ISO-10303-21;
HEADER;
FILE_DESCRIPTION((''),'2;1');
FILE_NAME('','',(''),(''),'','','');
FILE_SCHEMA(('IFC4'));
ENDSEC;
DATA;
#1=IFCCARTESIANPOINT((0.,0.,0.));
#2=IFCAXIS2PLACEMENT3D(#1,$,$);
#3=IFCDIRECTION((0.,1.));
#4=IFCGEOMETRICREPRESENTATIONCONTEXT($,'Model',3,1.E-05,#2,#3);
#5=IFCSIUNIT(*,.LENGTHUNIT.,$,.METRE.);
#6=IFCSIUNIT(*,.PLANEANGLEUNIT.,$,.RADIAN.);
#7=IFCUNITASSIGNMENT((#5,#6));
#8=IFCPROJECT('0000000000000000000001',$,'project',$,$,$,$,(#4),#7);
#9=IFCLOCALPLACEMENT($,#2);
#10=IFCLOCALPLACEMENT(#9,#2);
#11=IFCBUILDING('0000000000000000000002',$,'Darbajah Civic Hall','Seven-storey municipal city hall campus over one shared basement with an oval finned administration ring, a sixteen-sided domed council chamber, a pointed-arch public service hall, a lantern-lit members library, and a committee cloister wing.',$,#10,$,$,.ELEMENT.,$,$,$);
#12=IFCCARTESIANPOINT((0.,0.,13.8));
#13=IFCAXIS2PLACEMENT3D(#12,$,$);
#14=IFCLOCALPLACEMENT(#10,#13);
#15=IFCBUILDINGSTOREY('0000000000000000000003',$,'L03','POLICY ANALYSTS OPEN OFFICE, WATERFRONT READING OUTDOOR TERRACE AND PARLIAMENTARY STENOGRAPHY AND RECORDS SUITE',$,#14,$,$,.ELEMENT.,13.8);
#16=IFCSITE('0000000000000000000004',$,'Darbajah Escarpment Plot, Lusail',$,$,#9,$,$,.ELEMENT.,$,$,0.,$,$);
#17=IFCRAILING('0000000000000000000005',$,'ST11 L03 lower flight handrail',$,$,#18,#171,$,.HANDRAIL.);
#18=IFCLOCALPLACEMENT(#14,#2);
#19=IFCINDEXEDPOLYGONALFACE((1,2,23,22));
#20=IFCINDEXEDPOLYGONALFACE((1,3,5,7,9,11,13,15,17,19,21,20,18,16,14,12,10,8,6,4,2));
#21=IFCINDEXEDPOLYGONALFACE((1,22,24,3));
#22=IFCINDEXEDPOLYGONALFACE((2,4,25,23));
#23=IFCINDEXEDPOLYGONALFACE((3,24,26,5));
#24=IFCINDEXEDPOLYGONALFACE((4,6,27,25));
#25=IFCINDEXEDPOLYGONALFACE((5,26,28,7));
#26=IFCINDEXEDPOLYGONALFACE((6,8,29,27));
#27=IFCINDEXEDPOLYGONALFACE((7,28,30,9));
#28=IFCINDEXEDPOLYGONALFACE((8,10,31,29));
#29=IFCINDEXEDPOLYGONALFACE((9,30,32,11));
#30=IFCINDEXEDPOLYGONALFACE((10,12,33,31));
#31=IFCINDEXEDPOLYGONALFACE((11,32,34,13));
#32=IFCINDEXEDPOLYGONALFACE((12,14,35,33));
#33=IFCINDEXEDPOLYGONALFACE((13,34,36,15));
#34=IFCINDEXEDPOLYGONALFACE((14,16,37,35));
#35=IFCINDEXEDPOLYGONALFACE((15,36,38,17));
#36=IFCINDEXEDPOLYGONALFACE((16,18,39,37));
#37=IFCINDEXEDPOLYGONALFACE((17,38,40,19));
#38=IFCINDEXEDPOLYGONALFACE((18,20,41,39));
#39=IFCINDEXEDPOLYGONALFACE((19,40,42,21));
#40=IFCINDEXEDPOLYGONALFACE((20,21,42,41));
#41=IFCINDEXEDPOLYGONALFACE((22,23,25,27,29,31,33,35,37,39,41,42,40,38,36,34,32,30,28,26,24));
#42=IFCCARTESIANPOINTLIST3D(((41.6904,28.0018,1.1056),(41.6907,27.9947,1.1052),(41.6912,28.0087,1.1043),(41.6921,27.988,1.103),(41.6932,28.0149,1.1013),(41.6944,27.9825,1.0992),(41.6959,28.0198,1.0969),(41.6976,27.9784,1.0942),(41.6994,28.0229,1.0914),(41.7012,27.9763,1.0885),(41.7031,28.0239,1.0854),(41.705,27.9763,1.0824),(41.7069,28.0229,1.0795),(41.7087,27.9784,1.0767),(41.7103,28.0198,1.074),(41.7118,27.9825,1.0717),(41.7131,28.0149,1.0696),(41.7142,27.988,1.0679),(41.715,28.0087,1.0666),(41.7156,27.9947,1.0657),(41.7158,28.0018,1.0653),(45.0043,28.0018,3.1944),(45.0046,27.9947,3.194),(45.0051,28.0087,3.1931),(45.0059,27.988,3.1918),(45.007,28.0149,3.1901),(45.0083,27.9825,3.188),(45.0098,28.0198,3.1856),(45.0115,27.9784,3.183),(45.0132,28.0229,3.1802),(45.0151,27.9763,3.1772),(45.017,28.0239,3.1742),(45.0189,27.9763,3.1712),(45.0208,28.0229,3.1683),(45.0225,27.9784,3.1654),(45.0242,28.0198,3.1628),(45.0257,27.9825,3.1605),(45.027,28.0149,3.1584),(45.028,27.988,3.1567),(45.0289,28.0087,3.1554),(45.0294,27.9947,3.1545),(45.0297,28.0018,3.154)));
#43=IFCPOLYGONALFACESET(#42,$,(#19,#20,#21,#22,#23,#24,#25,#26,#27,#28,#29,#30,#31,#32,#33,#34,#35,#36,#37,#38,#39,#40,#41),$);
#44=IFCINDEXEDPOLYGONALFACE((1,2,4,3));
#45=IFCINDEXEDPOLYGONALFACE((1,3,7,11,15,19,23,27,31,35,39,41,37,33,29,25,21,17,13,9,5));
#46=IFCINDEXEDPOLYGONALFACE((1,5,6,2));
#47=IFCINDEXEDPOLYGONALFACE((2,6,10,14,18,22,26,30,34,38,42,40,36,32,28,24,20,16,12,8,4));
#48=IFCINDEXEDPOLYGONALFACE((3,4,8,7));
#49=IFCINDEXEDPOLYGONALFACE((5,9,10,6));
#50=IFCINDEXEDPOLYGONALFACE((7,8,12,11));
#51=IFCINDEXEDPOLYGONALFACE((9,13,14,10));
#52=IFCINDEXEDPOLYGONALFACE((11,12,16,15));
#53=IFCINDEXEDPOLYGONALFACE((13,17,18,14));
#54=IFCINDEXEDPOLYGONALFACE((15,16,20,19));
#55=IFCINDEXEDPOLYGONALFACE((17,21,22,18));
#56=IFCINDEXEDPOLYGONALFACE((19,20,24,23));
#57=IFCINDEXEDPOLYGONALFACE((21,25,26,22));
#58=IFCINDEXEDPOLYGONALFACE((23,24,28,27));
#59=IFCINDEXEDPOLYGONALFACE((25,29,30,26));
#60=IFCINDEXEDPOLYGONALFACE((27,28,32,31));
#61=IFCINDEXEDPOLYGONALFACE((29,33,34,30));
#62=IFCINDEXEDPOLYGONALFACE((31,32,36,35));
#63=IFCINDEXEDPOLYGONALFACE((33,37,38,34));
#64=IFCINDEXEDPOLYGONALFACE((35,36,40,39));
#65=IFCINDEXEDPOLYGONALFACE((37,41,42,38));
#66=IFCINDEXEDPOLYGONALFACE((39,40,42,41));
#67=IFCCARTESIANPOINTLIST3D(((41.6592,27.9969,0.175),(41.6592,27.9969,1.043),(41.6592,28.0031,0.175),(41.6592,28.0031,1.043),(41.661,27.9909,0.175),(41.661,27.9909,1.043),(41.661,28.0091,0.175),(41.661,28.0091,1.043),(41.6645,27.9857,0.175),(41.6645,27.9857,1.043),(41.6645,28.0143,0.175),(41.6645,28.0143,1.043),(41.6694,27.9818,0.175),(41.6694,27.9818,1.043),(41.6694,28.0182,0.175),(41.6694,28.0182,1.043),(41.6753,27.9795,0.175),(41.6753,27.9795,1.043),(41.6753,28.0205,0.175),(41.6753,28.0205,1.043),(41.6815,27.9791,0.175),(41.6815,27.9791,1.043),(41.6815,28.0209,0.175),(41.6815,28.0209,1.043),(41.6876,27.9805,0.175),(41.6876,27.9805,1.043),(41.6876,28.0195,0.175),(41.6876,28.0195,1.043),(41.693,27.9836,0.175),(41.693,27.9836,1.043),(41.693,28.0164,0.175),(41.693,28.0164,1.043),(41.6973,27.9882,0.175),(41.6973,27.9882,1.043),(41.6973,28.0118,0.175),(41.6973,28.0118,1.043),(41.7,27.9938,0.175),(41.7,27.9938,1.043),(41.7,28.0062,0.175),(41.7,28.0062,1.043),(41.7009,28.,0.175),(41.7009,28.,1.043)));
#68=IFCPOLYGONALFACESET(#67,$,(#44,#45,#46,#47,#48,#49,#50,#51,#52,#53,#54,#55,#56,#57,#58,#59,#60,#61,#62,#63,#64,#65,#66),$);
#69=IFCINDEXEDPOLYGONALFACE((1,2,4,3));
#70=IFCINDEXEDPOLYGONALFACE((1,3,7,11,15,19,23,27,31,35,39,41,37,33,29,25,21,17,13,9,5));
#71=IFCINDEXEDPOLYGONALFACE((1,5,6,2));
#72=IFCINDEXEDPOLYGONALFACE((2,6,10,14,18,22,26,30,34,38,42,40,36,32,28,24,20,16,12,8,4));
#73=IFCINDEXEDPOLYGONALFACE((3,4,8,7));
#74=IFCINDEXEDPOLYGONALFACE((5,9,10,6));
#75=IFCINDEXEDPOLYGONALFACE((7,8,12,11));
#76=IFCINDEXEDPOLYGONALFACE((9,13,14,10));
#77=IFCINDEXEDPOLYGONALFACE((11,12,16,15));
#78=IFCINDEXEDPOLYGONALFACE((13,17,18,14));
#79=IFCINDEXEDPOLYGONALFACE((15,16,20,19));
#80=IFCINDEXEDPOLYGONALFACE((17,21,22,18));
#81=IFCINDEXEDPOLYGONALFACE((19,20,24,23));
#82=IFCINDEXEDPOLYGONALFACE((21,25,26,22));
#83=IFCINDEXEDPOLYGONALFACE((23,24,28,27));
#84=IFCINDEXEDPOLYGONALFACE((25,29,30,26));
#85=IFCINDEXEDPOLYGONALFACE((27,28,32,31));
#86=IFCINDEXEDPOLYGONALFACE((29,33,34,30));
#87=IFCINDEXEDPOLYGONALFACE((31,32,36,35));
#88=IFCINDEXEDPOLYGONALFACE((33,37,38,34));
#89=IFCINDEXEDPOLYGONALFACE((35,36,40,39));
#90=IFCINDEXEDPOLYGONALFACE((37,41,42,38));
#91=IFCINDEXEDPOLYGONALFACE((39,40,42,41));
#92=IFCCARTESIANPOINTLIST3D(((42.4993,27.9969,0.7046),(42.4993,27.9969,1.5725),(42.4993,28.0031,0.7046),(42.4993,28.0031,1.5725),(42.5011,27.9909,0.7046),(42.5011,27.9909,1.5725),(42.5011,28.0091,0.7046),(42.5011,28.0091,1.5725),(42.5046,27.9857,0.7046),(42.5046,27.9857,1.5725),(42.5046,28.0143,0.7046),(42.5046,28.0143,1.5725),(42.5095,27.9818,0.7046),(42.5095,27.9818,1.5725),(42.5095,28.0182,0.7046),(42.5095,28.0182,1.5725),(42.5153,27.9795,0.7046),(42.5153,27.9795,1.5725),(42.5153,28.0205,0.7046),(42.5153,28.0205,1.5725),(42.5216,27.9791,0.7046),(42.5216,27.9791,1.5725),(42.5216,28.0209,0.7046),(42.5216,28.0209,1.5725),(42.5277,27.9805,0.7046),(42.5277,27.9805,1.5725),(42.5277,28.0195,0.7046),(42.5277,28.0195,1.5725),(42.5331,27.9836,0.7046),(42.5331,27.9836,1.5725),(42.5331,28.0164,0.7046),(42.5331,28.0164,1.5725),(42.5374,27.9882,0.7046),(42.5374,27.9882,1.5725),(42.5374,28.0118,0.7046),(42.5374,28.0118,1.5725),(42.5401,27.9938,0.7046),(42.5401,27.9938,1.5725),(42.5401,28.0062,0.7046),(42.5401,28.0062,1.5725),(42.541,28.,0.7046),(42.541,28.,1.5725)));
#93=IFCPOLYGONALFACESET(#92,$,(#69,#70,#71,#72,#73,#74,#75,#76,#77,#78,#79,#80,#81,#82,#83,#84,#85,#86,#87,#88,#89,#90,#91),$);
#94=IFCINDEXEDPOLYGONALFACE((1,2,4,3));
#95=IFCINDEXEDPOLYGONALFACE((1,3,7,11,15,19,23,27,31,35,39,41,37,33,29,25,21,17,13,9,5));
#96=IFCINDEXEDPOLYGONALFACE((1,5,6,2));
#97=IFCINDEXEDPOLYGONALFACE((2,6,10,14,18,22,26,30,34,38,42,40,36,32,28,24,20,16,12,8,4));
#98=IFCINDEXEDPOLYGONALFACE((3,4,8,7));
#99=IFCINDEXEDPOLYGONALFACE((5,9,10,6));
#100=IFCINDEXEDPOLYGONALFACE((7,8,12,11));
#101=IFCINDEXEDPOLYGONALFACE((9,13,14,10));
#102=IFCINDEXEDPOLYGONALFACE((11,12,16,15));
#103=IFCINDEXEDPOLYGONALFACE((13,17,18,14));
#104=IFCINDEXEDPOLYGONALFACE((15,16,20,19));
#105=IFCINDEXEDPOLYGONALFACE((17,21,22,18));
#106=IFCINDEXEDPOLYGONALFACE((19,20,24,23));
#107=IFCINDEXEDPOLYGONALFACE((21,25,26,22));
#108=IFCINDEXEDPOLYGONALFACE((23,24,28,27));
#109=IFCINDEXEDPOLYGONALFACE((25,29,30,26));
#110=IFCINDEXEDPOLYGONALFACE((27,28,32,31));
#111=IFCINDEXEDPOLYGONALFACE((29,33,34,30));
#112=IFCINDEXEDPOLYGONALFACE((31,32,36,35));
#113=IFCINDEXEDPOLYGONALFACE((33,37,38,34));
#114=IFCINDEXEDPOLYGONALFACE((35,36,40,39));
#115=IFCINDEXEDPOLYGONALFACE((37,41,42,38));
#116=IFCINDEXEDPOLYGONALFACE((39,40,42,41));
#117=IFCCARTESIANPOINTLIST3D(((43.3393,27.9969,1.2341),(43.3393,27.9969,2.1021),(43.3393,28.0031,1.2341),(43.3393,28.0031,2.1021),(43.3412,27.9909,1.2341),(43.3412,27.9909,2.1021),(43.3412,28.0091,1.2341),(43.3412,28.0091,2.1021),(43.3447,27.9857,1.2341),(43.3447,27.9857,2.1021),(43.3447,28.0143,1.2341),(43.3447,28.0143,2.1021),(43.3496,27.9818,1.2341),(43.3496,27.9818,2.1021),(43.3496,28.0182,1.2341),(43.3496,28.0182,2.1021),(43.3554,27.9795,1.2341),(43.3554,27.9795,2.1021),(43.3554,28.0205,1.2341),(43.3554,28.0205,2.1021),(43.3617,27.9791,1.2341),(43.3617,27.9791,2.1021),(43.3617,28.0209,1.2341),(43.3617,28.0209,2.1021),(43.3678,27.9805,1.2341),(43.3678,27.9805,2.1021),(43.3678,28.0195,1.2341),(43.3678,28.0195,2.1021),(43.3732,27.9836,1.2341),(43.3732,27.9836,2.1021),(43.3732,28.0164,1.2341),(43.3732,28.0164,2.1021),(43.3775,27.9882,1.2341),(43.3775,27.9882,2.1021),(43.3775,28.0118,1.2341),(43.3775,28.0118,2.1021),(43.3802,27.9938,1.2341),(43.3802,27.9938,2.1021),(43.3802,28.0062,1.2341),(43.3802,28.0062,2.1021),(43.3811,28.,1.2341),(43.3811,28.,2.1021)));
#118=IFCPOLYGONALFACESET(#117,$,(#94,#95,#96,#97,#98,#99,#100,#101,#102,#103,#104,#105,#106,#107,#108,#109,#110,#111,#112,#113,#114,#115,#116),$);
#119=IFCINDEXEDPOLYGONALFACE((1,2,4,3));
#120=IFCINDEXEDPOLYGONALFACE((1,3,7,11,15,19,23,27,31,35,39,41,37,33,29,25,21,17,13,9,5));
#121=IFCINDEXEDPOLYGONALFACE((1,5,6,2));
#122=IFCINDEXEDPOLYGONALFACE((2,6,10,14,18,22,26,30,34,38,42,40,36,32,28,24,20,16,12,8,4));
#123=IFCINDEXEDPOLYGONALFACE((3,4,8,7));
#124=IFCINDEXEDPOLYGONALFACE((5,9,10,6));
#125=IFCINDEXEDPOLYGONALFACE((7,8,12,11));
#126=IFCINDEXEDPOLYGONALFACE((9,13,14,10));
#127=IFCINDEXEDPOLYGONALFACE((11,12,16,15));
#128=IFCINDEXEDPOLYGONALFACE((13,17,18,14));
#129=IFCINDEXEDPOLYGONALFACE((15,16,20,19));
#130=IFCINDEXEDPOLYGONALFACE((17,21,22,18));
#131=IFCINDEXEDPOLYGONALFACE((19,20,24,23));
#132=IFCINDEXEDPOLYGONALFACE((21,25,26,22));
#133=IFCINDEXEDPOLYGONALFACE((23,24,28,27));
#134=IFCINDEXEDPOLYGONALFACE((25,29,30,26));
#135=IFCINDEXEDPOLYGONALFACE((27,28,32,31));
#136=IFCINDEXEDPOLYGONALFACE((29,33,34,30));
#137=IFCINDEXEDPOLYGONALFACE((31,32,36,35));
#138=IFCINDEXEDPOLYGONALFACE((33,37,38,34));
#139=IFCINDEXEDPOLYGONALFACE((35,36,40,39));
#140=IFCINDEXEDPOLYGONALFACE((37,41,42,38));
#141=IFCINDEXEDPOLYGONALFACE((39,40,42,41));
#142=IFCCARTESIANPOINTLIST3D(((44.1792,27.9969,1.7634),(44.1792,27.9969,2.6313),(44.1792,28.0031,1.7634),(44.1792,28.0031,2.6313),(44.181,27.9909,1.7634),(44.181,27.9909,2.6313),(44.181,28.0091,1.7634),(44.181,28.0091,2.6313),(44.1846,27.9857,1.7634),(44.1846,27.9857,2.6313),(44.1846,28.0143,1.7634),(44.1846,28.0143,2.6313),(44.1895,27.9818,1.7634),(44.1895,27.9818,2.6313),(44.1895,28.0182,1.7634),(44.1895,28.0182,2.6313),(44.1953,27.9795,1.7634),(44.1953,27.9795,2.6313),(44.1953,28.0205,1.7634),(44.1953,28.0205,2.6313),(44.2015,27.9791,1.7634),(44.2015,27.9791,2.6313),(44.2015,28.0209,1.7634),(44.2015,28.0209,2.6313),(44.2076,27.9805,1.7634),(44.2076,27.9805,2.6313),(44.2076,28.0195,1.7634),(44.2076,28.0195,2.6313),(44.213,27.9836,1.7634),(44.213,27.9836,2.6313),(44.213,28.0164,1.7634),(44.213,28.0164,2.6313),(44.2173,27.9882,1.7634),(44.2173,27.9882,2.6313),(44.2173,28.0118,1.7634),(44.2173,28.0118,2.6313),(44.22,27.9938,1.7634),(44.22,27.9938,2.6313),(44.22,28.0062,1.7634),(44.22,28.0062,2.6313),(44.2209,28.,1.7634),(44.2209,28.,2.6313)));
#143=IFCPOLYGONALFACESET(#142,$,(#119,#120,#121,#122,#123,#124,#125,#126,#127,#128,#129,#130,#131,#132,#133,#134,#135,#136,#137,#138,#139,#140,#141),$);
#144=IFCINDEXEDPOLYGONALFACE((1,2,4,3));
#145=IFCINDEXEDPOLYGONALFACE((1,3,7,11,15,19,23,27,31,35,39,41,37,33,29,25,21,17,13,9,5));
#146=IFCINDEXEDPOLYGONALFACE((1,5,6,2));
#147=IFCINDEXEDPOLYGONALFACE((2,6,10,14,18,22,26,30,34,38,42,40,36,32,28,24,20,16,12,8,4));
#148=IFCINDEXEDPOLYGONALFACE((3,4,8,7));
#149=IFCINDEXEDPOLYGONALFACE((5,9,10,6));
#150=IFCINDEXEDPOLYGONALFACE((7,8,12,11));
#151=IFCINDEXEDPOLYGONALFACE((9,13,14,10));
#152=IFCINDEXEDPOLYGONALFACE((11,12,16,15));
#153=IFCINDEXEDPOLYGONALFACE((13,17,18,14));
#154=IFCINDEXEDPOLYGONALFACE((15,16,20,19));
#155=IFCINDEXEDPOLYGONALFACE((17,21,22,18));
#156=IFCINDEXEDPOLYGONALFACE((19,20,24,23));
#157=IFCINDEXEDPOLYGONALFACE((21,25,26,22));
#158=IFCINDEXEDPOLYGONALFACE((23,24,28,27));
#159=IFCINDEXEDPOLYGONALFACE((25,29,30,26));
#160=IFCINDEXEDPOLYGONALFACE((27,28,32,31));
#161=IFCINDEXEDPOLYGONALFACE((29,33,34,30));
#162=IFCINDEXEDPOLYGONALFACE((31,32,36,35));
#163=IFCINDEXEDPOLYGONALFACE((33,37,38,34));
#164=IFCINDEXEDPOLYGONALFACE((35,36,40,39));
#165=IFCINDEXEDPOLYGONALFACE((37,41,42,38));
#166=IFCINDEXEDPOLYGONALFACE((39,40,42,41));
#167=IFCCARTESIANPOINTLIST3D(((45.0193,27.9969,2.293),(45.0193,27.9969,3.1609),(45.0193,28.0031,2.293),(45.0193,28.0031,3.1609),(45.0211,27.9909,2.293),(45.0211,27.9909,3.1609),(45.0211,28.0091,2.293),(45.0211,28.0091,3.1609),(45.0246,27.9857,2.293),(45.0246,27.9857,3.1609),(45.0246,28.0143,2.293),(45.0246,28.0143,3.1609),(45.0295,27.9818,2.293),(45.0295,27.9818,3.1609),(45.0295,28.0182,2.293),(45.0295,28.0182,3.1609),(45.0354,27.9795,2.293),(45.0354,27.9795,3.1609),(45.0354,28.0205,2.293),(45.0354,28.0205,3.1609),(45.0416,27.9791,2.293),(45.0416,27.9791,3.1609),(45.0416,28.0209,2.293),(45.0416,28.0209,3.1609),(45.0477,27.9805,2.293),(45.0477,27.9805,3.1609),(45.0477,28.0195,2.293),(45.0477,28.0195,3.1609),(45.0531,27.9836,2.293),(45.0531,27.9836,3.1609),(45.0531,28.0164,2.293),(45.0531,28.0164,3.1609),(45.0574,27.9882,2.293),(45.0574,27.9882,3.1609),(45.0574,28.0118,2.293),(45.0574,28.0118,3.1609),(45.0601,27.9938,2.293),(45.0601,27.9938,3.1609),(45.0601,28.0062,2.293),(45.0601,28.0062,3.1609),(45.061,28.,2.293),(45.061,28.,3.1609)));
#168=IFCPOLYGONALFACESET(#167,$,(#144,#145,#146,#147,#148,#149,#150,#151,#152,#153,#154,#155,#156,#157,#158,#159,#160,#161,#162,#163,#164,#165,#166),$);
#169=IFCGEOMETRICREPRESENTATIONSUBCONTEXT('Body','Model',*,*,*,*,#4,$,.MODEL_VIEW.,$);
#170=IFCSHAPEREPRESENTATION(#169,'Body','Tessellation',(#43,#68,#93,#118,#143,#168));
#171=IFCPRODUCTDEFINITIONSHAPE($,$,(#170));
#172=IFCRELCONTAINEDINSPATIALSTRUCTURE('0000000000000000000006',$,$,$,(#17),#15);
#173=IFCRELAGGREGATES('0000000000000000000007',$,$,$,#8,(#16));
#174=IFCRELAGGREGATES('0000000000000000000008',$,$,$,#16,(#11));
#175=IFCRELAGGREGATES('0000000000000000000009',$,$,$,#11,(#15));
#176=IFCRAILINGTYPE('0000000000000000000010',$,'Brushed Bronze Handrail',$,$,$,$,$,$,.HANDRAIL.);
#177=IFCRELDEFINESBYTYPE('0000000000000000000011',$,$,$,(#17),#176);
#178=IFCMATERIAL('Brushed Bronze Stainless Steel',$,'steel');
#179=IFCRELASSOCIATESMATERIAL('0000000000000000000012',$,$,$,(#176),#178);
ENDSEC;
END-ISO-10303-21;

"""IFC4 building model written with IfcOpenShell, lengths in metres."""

from ifc_helpers import new_model, si_unit, direction, frame, origin, origin_2d, place, context, subcontext, project, spatial, circle, extrude, material, type_object, element, save


model = new_model("IFC4")

# Units and contexts
model_context = context("Model", 3, precision=1e-05, world=origin(), true_north=direction((0.0, 1.0)))
body_context = subcontext(model_context, "Body", "Model", "MODEL_VIEW")
ifc_project = project(units=[si_unit("LENGTHUNIT", "METRE"), si_unit("PLANEANGLEUNIT", "RADIAN")], contexts=[model_context])

# Site, building, storey
site_placement = place(None, origin())
site = spatial("IfcSite", under=ifc_project, at=site_placement, Name="Darbajah Escarpment Plot, Lusail", CompositionType="ELEMENT", RefElevation=0.0)
building_placement = place(site_placement, origin())
building = spatial("IfcBuilding", under=site, at=building_placement, Name="Darbajah Civic Hall", Description="Seven-storey municipal city hall campus over one shared basement with an oval finned administration ring, a sixteen-sided domed council chamber, a pointed-arch public service hall, a lantern-lit members library, and a committee cloister wing.", CompositionType="ELEMENT")
storey_placement = place(building_placement, frame((0.0, 0.0, 13.8)))
storey = spatial("IfcBuildingStorey", under=building, at=storey_placement, Name="L03", Description="POLICY ANALYSTS OPEN OFFICE, WATERFRONT READING OUTDOOR TERRACE AND PARLIAMENTARY STENOGRAPHY AND RECORDS SUITE", CompositionType="ELEMENT", Elevation=13.8)

# Railing
ifc_material_1 = material(Name="Brushed Bronze Stainless Steel", Category="steel")
railing_type_1 = type_object("IfcRailingType", Name="Brushed Bronze Handrail", PredefinedType="HANDRAIL", material=ifc_material_1)
railing_1_placement = place(storey_placement, frame((41.6799, 28.0, 0.175)))
element("IfcRailing", 1, at=railing_1_placement, inside=storey, type_object=railing_type_1, Name="ST11 L03 lower flight handrail", PredefinedType="HANDRAIL", context=body_context, shape_type="SweptSolid", body=[
    extrude(circle(Radius=0.0239, at=origin_2d()), frame((0.0232, 0.0, 0.9104), z_axis=(0.845972, 0.0, 0.533227), x_axis=(0.0, 1.0, 0.0)), (0.0, 0.0, 1.0), 3.9172),
    extrude(circle(Radius=0.021, at=origin_2d()), origin(), (0.0, 0.0, 1.0), 0.8679),
    extrude(circle(Radius=0.021, at=origin_2d()), frame((0.8401, 0.0, 0.5295)), (0.0, 0.0, 1.0), 0.8679),
    extrude(circle(Radius=0.021, at=origin_2d()), frame((1.6802, 0.0, 1.0591)), (0.0, 0.0, 1.0), 0.8679),
    extrude(circle(Radius=0.021, at=origin_2d()), frame((2.52, 0.0, 1.5884)), (0.0, 0.0, 1.0), 0.8679),
    extrude(circle(Radius=0.021, at=origin_2d()), frame((3.3601, 0.0, 2.1179)), (0.0, 0.0, 1.0), 0.8679),
])

save(model, "model.ifc")
